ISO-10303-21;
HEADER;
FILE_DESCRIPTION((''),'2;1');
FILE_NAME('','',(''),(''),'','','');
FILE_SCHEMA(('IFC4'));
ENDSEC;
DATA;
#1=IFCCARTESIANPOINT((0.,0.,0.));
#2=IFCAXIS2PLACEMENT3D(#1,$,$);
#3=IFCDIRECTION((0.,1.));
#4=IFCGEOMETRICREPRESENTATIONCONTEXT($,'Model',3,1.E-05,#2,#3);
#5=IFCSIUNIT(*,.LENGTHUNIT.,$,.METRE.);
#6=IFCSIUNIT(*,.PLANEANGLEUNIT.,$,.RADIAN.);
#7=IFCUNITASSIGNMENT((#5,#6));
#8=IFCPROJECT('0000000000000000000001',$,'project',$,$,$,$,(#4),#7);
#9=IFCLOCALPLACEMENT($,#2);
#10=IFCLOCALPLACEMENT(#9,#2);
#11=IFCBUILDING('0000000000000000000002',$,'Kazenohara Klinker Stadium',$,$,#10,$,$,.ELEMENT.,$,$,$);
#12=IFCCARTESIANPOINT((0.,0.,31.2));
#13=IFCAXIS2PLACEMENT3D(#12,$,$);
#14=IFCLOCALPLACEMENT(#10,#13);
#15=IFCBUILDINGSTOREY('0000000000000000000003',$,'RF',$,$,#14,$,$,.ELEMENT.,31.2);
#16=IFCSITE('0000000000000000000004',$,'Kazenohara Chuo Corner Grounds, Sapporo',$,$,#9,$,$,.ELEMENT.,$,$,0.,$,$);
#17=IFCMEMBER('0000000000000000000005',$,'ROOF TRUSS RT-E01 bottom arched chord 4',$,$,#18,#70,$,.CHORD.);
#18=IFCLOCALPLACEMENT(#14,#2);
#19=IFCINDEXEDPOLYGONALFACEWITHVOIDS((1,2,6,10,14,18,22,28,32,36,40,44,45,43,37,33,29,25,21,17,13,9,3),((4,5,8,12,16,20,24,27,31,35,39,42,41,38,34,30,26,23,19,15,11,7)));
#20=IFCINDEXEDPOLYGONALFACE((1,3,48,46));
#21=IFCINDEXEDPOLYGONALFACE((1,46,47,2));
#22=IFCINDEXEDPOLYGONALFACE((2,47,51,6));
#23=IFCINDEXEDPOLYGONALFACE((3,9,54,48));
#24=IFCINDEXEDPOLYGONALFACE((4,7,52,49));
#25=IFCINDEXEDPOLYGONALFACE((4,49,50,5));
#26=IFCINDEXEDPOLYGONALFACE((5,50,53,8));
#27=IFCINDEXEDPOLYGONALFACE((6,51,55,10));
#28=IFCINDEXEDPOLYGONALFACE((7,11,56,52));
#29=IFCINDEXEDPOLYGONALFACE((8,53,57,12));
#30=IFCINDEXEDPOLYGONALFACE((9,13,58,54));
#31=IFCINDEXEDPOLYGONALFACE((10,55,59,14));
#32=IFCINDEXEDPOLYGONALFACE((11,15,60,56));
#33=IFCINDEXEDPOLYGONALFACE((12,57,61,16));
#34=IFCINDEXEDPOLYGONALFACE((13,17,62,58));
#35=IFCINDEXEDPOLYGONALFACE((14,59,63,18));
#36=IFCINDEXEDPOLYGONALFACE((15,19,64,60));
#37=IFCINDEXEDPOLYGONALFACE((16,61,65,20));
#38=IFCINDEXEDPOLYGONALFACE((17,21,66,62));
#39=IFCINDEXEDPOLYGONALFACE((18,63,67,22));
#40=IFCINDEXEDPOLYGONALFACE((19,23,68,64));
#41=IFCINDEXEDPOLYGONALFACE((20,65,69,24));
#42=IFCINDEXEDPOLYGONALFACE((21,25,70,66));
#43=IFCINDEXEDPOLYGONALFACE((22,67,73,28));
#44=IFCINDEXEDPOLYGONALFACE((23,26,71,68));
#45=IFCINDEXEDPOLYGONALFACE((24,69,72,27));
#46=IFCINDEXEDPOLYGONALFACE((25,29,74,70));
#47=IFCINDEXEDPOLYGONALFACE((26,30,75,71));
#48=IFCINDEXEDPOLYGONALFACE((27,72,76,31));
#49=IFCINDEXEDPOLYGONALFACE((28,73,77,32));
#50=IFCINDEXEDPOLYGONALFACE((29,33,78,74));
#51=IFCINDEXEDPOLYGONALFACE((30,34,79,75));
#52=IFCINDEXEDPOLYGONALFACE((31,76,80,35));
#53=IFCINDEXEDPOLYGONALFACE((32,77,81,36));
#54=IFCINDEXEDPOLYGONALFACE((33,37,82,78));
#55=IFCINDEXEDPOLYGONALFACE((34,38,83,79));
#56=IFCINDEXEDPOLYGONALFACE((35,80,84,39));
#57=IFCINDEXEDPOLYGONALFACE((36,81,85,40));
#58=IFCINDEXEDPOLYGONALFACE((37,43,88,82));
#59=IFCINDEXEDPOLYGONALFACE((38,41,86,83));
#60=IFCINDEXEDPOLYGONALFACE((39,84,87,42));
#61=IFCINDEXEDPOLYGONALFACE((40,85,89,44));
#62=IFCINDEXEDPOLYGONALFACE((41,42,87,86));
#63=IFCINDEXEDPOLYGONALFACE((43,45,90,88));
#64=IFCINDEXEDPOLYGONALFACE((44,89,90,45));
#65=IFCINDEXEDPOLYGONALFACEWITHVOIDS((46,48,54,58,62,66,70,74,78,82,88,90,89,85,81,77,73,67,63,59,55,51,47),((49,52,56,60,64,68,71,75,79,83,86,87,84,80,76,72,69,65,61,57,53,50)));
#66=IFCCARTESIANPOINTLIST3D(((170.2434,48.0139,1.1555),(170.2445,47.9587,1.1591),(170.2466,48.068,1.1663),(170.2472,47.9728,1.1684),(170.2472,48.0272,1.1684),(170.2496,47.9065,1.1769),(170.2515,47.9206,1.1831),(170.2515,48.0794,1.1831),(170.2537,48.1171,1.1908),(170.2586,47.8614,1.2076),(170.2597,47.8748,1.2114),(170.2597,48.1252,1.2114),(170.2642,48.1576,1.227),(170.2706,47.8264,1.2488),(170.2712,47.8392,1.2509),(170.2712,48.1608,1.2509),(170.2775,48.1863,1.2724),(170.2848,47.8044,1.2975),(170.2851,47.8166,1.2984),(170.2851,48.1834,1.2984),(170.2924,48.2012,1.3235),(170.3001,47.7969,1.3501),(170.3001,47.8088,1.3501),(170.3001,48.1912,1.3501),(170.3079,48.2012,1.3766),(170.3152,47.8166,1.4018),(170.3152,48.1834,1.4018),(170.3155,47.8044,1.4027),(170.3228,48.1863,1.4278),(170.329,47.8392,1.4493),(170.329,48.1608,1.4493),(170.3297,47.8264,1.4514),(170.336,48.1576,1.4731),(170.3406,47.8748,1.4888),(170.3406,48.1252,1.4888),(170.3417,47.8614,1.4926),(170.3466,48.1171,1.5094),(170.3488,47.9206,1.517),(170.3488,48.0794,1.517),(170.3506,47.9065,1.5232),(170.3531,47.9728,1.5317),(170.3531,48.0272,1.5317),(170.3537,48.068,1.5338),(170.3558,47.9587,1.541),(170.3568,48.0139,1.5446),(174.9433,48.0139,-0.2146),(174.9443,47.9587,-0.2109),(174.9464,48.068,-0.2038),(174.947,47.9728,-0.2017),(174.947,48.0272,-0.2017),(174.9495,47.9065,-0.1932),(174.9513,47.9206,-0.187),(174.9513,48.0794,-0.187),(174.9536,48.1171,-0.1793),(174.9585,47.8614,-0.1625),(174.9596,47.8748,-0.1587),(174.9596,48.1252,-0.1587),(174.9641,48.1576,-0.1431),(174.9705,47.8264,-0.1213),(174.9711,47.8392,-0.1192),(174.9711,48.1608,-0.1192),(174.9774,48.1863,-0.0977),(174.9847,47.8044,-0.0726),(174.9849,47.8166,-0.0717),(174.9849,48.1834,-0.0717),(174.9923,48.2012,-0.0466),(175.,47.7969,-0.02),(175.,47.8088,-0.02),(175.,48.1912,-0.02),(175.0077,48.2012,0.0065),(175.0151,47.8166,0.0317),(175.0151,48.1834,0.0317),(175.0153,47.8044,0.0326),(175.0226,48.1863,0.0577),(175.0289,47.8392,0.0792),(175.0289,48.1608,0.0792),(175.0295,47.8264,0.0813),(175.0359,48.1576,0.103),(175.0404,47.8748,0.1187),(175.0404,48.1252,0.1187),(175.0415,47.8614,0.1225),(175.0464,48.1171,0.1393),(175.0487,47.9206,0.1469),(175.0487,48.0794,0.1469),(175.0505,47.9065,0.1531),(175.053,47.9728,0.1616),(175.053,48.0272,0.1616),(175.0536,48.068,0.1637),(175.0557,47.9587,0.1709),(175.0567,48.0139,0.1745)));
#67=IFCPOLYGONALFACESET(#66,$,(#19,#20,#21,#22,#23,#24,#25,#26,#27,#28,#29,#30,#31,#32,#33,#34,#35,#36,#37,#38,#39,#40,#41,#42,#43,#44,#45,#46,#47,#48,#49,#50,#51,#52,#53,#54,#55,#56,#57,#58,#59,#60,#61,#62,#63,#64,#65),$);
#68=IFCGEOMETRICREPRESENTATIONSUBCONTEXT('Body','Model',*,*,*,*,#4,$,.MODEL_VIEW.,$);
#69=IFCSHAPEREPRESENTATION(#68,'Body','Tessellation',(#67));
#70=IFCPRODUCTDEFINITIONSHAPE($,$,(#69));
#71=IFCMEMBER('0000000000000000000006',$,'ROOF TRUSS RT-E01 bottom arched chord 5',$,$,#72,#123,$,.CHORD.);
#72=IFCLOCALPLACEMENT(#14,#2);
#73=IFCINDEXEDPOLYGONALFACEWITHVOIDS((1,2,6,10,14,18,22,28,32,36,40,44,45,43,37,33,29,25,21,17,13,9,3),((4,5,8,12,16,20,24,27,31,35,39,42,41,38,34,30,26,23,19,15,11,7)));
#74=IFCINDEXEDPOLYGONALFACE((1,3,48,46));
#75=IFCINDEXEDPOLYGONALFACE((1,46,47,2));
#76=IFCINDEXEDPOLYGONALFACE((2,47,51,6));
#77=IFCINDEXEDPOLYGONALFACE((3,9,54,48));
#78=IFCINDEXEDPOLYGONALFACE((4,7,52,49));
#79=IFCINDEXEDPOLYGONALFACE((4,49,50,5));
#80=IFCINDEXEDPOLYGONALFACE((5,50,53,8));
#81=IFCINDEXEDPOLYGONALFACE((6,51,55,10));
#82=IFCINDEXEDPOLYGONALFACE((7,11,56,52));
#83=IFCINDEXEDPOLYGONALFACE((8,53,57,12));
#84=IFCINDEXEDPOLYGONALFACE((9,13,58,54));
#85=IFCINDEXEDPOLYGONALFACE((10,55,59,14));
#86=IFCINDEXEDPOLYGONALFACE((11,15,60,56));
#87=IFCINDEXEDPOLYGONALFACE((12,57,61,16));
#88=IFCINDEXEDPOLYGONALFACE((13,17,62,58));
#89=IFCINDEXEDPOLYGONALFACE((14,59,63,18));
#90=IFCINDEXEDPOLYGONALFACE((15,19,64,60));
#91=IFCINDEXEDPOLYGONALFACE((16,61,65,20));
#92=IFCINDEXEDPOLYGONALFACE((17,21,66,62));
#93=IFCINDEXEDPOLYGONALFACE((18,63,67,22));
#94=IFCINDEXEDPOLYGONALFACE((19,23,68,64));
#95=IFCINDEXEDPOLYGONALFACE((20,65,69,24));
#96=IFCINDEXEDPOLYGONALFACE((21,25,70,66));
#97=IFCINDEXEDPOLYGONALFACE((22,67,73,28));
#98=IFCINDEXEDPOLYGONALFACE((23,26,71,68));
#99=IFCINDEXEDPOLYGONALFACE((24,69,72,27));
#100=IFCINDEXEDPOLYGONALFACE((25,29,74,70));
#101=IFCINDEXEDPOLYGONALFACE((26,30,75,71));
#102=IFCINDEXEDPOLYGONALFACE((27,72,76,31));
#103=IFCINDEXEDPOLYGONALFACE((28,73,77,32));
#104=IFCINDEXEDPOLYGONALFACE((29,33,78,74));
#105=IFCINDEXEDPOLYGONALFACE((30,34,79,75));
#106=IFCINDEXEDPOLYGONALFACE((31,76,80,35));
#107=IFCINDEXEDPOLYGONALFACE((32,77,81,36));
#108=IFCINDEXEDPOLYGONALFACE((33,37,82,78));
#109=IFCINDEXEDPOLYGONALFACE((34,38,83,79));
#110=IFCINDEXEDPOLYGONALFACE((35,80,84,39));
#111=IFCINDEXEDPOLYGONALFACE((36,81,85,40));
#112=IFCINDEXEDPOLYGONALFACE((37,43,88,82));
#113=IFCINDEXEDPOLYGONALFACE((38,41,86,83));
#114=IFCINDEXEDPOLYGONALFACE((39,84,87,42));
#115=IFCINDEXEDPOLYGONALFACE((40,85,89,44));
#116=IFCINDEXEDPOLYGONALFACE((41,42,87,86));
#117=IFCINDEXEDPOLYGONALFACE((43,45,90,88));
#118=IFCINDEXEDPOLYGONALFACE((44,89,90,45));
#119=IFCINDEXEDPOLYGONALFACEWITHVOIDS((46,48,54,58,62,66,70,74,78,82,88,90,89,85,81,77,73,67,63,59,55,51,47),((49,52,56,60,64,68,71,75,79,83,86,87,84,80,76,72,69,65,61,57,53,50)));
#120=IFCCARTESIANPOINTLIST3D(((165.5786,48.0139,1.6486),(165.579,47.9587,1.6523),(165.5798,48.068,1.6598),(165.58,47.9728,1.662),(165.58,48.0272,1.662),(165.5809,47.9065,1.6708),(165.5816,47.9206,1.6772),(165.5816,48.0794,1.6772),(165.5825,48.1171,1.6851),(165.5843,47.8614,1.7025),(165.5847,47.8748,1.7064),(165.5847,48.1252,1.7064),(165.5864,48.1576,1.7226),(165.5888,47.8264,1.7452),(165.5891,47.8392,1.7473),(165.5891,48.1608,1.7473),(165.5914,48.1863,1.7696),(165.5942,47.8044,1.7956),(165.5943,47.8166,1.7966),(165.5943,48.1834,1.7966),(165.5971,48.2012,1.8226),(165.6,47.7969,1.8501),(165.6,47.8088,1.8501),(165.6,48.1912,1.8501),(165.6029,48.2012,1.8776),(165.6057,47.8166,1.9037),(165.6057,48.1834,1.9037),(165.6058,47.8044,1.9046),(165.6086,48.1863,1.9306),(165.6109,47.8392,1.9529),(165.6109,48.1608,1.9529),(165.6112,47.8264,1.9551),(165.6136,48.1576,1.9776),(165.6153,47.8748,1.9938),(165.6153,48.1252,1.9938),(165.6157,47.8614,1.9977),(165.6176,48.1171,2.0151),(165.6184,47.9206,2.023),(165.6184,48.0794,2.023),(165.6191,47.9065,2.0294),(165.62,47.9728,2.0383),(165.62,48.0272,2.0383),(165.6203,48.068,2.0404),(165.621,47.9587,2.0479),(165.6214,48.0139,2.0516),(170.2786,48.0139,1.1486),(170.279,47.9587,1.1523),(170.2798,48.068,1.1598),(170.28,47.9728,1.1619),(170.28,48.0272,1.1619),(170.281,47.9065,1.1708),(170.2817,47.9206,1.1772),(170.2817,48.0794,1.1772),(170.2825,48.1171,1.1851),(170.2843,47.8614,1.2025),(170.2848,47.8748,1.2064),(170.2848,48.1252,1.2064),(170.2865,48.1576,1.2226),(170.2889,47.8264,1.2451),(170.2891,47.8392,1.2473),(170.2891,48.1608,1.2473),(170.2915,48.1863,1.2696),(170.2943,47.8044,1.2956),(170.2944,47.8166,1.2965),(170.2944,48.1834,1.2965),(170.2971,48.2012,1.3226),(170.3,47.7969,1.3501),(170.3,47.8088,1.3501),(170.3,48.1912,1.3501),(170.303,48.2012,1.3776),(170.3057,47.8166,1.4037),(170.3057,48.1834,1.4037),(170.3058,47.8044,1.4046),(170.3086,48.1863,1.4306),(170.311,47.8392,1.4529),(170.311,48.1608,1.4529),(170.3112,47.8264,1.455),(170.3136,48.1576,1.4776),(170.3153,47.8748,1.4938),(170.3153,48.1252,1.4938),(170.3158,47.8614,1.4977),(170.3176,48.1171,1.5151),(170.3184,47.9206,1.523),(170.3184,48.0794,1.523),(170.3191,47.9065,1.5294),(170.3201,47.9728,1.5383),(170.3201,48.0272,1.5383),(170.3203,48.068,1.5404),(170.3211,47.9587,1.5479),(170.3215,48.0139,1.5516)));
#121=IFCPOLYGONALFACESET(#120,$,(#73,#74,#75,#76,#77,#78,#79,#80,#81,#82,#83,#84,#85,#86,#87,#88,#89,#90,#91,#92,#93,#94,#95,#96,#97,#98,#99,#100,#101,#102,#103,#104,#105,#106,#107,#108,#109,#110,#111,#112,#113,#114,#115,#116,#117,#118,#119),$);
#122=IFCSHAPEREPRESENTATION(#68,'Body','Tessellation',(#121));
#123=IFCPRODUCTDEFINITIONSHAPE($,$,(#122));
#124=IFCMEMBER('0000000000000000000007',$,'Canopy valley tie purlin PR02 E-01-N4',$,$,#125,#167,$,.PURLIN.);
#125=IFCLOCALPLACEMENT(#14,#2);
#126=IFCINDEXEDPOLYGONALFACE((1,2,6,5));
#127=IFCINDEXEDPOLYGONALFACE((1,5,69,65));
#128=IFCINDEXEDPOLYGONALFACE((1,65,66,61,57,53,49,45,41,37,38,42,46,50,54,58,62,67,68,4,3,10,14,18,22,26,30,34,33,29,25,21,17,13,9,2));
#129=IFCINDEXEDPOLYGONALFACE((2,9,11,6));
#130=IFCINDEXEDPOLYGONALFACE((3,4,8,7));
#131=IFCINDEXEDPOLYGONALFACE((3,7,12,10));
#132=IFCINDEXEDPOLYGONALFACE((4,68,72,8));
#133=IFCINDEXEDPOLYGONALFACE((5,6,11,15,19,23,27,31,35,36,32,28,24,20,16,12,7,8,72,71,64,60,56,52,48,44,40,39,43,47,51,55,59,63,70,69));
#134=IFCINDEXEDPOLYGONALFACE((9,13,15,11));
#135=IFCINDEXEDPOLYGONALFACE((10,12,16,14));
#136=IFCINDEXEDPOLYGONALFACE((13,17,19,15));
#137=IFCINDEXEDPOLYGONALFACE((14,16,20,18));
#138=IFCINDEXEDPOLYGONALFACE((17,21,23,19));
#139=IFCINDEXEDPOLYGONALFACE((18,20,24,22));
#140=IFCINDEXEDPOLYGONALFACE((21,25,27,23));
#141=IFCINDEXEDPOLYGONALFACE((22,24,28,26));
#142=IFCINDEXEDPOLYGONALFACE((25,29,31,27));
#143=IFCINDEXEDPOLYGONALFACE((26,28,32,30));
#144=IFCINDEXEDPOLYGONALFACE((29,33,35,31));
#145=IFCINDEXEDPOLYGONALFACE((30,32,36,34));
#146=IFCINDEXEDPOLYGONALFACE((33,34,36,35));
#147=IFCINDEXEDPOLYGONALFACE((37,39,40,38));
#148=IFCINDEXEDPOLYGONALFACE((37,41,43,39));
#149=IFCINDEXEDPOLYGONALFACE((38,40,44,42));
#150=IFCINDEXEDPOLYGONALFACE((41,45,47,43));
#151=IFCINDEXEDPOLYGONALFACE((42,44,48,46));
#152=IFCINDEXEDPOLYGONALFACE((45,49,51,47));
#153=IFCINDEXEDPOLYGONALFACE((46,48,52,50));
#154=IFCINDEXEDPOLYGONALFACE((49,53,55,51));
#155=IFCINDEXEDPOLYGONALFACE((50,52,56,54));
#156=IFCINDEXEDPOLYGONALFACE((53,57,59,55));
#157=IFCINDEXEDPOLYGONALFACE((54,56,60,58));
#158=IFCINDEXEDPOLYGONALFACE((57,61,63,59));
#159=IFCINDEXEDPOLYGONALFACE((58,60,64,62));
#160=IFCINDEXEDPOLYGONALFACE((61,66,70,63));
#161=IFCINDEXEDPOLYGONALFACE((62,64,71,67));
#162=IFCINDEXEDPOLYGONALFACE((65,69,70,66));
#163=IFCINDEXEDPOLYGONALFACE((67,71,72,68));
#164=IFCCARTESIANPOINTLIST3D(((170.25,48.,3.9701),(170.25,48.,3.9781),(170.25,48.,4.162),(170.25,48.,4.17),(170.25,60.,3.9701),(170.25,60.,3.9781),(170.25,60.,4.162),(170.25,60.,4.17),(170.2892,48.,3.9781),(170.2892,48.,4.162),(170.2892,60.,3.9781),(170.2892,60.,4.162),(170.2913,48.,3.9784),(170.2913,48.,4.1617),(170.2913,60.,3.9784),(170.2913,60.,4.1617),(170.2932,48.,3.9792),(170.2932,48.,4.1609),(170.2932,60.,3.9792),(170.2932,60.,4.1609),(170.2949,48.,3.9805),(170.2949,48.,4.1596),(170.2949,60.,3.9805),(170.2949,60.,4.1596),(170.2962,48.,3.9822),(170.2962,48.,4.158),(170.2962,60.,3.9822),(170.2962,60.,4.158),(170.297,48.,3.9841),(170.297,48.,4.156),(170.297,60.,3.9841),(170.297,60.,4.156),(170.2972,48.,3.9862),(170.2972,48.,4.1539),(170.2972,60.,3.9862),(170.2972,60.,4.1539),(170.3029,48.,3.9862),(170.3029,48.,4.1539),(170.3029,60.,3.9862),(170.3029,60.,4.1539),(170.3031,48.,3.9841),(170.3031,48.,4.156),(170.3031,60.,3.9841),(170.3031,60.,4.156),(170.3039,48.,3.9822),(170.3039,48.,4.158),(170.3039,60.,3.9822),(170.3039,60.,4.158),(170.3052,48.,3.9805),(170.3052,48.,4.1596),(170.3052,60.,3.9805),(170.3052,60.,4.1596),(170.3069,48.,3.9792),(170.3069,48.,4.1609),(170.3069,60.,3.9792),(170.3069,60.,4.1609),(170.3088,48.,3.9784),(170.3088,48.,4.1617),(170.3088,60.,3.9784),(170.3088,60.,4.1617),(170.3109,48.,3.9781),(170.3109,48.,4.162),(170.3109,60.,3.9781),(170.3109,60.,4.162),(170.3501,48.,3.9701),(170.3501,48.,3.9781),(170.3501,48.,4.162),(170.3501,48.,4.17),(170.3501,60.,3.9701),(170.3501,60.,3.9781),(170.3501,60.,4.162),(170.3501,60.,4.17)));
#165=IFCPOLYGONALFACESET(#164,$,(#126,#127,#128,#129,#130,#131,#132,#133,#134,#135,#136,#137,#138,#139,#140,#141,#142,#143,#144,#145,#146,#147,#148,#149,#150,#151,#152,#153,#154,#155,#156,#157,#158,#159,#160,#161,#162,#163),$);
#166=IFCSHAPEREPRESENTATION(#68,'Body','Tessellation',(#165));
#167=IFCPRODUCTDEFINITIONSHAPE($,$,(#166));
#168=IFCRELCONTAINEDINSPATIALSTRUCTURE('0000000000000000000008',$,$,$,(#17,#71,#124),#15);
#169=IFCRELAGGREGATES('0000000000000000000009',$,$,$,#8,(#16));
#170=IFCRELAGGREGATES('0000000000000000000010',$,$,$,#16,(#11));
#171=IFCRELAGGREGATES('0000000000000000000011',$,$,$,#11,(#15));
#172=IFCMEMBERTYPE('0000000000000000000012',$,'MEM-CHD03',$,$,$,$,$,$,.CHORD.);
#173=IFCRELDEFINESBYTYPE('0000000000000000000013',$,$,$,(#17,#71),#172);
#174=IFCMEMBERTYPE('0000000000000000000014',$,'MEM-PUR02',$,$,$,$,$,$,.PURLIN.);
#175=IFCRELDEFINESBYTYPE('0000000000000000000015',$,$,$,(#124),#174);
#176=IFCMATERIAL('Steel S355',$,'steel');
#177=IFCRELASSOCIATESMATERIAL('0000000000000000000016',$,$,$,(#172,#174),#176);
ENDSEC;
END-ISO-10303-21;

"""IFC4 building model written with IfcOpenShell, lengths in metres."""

from ifc_helpers import new_model, si_unit, direction, frame, origin, origin_2d, place, context, subcontext, project, spatial, hollow_circle, i_section, extrude, material, material_profile, profile_set, type_object, element, save


model = new_model("IFC4")

# Units and contexts
model_context = context("Model", 3, precision=1e-05, world=origin(), true_north=direction((0.0, 1.0)))
body_context = subcontext(model_context, "Body", "Model", "MODEL_VIEW")
ifc_project = project(units=[si_unit("LENGTHUNIT", "METRE"), si_unit("PLANEANGLEUNIT", "RADIAN")], contexts=[model_context])

# Site, building, storey
site_placement = place(None, origin())
site = spatial("IfcSite", under=ifc_project, at=site_placement, Name="Kazenohara Chuo Corner Grounds, Sapporo", CompositionType="ELEMENT", RefElevation=0.0)
building_placement = place(site_placement, origin())
building = spatial("IfcBuilding", under=site, at=building_placement, Name="Kazenohara Klinker Stadium", CompositionType="ELEMENT")
storey_placement = place(building_placement, frame((0.0, 0.0, 31.2)))
storey = spatial("IfcBuildingStorey", under=building, at=storey_placement, Name="RF", CompositionType="ELEMENT", Elevation=31.2)

# Members
ifc_material_1 = material(Name="Steel S355", Category="steel")
ifc_material_profile_1 = material_profile(ifc_material_1, hollow_circle(Radius=0.2031, WallThickness=0.012, at=origin_2d()), Name="CHS-406.4x12")
ifc_profile_set_1 = profile_set([ifc_material_profile_1], Name="Steel S355")
member_type_1 = type_object("IfcMemberType", Name="MEM-CHD03", PredefinedType="CHORD", material=ifc_profile_set_1)
member_1_placement = place(storey_placement, frame((175.0, 48.0, -0.02), z_axis=(-0.960039, 0.0, 0.279868), x_axis=(0.0, -1.0, 0.0)))
element("IfcMember", 1, at=member_1_placement, inside=storey, type_object=member_type_1, Name="ROOF TRUSS RT-E01 bottom arched chord 4", PredefinedType="CHORD", context=body_context, shape_type="SweptSolid", body=[
    extrude(hollow_circle(Radius=0.2031, WallThickness=0.012, at=origin_2d()), origin(), (0.0, 0.0, 1.0), 4.8955),
])
member_2_placement = place(storey_placement, frame((170.3, 48.0, 1.3501), z_axis=(-0.994389, 0.0, 0.105787), x_axis=(0.0, -1.0, 0.0)))
element("IfcMember", 2, at=member_2_placement, inside=storey, type_object=member_type_1, Name="ROOF TRUSS RT-E01 bottom arched chord 5", PredefinedType="CHORD", context=body_context, shape_type="SweptSolid", body=[
    extrude(hollow_circle(Radius=0.2031, WallThickness=0.012, at=origin_2d()), origin(), (0.0, 0.0, 1.0), 4.7266),
])
ifc_material_profile_2 = material_profile(ifc_material_1, i_section(OverallWidth=0.1001, OverallDepth=0.2, WebThickness=0.0056, FlangeThickness=0.0081, FilletRadius=0.0081, at=origin_2d()), Name="H-200x100x5.5x8")
ifc_profile_set_2 = profile_set([ifc_material_profile_2], Name="Steel S355")
member_type_2 = type_object("IfcMemberType", Name="MEM-PUR02", PredefinedType="PURLIN", material=ifc_profile_set_2)
member_3_placement = place(storey_placement, frame((170.3, 48.0, 4.0701), z_axis=(0.0, 1.0, 0.0), x_axis=(-1.0, 0.0, 0.0)))
element("IfcMember", 3, at=member_3_placement, inside=storey, type_object=member_type_2, Name="Canopy valley tie purlin PR02 E-01-N4", PredefinedType="PURLIN", context=body_context, shape_type="SweptSolid", body=[
    extrude(i_section(OverallWidth=0.1001, OverallDepth=0.2, WebThickness=0.0056, FlangeThickness=0.0081, FilletRadius=0.0081, at=origin_2d()), origin(), (0.0, 0.0, 1.0), 12.0),
])

save(model, "model.ifc")
